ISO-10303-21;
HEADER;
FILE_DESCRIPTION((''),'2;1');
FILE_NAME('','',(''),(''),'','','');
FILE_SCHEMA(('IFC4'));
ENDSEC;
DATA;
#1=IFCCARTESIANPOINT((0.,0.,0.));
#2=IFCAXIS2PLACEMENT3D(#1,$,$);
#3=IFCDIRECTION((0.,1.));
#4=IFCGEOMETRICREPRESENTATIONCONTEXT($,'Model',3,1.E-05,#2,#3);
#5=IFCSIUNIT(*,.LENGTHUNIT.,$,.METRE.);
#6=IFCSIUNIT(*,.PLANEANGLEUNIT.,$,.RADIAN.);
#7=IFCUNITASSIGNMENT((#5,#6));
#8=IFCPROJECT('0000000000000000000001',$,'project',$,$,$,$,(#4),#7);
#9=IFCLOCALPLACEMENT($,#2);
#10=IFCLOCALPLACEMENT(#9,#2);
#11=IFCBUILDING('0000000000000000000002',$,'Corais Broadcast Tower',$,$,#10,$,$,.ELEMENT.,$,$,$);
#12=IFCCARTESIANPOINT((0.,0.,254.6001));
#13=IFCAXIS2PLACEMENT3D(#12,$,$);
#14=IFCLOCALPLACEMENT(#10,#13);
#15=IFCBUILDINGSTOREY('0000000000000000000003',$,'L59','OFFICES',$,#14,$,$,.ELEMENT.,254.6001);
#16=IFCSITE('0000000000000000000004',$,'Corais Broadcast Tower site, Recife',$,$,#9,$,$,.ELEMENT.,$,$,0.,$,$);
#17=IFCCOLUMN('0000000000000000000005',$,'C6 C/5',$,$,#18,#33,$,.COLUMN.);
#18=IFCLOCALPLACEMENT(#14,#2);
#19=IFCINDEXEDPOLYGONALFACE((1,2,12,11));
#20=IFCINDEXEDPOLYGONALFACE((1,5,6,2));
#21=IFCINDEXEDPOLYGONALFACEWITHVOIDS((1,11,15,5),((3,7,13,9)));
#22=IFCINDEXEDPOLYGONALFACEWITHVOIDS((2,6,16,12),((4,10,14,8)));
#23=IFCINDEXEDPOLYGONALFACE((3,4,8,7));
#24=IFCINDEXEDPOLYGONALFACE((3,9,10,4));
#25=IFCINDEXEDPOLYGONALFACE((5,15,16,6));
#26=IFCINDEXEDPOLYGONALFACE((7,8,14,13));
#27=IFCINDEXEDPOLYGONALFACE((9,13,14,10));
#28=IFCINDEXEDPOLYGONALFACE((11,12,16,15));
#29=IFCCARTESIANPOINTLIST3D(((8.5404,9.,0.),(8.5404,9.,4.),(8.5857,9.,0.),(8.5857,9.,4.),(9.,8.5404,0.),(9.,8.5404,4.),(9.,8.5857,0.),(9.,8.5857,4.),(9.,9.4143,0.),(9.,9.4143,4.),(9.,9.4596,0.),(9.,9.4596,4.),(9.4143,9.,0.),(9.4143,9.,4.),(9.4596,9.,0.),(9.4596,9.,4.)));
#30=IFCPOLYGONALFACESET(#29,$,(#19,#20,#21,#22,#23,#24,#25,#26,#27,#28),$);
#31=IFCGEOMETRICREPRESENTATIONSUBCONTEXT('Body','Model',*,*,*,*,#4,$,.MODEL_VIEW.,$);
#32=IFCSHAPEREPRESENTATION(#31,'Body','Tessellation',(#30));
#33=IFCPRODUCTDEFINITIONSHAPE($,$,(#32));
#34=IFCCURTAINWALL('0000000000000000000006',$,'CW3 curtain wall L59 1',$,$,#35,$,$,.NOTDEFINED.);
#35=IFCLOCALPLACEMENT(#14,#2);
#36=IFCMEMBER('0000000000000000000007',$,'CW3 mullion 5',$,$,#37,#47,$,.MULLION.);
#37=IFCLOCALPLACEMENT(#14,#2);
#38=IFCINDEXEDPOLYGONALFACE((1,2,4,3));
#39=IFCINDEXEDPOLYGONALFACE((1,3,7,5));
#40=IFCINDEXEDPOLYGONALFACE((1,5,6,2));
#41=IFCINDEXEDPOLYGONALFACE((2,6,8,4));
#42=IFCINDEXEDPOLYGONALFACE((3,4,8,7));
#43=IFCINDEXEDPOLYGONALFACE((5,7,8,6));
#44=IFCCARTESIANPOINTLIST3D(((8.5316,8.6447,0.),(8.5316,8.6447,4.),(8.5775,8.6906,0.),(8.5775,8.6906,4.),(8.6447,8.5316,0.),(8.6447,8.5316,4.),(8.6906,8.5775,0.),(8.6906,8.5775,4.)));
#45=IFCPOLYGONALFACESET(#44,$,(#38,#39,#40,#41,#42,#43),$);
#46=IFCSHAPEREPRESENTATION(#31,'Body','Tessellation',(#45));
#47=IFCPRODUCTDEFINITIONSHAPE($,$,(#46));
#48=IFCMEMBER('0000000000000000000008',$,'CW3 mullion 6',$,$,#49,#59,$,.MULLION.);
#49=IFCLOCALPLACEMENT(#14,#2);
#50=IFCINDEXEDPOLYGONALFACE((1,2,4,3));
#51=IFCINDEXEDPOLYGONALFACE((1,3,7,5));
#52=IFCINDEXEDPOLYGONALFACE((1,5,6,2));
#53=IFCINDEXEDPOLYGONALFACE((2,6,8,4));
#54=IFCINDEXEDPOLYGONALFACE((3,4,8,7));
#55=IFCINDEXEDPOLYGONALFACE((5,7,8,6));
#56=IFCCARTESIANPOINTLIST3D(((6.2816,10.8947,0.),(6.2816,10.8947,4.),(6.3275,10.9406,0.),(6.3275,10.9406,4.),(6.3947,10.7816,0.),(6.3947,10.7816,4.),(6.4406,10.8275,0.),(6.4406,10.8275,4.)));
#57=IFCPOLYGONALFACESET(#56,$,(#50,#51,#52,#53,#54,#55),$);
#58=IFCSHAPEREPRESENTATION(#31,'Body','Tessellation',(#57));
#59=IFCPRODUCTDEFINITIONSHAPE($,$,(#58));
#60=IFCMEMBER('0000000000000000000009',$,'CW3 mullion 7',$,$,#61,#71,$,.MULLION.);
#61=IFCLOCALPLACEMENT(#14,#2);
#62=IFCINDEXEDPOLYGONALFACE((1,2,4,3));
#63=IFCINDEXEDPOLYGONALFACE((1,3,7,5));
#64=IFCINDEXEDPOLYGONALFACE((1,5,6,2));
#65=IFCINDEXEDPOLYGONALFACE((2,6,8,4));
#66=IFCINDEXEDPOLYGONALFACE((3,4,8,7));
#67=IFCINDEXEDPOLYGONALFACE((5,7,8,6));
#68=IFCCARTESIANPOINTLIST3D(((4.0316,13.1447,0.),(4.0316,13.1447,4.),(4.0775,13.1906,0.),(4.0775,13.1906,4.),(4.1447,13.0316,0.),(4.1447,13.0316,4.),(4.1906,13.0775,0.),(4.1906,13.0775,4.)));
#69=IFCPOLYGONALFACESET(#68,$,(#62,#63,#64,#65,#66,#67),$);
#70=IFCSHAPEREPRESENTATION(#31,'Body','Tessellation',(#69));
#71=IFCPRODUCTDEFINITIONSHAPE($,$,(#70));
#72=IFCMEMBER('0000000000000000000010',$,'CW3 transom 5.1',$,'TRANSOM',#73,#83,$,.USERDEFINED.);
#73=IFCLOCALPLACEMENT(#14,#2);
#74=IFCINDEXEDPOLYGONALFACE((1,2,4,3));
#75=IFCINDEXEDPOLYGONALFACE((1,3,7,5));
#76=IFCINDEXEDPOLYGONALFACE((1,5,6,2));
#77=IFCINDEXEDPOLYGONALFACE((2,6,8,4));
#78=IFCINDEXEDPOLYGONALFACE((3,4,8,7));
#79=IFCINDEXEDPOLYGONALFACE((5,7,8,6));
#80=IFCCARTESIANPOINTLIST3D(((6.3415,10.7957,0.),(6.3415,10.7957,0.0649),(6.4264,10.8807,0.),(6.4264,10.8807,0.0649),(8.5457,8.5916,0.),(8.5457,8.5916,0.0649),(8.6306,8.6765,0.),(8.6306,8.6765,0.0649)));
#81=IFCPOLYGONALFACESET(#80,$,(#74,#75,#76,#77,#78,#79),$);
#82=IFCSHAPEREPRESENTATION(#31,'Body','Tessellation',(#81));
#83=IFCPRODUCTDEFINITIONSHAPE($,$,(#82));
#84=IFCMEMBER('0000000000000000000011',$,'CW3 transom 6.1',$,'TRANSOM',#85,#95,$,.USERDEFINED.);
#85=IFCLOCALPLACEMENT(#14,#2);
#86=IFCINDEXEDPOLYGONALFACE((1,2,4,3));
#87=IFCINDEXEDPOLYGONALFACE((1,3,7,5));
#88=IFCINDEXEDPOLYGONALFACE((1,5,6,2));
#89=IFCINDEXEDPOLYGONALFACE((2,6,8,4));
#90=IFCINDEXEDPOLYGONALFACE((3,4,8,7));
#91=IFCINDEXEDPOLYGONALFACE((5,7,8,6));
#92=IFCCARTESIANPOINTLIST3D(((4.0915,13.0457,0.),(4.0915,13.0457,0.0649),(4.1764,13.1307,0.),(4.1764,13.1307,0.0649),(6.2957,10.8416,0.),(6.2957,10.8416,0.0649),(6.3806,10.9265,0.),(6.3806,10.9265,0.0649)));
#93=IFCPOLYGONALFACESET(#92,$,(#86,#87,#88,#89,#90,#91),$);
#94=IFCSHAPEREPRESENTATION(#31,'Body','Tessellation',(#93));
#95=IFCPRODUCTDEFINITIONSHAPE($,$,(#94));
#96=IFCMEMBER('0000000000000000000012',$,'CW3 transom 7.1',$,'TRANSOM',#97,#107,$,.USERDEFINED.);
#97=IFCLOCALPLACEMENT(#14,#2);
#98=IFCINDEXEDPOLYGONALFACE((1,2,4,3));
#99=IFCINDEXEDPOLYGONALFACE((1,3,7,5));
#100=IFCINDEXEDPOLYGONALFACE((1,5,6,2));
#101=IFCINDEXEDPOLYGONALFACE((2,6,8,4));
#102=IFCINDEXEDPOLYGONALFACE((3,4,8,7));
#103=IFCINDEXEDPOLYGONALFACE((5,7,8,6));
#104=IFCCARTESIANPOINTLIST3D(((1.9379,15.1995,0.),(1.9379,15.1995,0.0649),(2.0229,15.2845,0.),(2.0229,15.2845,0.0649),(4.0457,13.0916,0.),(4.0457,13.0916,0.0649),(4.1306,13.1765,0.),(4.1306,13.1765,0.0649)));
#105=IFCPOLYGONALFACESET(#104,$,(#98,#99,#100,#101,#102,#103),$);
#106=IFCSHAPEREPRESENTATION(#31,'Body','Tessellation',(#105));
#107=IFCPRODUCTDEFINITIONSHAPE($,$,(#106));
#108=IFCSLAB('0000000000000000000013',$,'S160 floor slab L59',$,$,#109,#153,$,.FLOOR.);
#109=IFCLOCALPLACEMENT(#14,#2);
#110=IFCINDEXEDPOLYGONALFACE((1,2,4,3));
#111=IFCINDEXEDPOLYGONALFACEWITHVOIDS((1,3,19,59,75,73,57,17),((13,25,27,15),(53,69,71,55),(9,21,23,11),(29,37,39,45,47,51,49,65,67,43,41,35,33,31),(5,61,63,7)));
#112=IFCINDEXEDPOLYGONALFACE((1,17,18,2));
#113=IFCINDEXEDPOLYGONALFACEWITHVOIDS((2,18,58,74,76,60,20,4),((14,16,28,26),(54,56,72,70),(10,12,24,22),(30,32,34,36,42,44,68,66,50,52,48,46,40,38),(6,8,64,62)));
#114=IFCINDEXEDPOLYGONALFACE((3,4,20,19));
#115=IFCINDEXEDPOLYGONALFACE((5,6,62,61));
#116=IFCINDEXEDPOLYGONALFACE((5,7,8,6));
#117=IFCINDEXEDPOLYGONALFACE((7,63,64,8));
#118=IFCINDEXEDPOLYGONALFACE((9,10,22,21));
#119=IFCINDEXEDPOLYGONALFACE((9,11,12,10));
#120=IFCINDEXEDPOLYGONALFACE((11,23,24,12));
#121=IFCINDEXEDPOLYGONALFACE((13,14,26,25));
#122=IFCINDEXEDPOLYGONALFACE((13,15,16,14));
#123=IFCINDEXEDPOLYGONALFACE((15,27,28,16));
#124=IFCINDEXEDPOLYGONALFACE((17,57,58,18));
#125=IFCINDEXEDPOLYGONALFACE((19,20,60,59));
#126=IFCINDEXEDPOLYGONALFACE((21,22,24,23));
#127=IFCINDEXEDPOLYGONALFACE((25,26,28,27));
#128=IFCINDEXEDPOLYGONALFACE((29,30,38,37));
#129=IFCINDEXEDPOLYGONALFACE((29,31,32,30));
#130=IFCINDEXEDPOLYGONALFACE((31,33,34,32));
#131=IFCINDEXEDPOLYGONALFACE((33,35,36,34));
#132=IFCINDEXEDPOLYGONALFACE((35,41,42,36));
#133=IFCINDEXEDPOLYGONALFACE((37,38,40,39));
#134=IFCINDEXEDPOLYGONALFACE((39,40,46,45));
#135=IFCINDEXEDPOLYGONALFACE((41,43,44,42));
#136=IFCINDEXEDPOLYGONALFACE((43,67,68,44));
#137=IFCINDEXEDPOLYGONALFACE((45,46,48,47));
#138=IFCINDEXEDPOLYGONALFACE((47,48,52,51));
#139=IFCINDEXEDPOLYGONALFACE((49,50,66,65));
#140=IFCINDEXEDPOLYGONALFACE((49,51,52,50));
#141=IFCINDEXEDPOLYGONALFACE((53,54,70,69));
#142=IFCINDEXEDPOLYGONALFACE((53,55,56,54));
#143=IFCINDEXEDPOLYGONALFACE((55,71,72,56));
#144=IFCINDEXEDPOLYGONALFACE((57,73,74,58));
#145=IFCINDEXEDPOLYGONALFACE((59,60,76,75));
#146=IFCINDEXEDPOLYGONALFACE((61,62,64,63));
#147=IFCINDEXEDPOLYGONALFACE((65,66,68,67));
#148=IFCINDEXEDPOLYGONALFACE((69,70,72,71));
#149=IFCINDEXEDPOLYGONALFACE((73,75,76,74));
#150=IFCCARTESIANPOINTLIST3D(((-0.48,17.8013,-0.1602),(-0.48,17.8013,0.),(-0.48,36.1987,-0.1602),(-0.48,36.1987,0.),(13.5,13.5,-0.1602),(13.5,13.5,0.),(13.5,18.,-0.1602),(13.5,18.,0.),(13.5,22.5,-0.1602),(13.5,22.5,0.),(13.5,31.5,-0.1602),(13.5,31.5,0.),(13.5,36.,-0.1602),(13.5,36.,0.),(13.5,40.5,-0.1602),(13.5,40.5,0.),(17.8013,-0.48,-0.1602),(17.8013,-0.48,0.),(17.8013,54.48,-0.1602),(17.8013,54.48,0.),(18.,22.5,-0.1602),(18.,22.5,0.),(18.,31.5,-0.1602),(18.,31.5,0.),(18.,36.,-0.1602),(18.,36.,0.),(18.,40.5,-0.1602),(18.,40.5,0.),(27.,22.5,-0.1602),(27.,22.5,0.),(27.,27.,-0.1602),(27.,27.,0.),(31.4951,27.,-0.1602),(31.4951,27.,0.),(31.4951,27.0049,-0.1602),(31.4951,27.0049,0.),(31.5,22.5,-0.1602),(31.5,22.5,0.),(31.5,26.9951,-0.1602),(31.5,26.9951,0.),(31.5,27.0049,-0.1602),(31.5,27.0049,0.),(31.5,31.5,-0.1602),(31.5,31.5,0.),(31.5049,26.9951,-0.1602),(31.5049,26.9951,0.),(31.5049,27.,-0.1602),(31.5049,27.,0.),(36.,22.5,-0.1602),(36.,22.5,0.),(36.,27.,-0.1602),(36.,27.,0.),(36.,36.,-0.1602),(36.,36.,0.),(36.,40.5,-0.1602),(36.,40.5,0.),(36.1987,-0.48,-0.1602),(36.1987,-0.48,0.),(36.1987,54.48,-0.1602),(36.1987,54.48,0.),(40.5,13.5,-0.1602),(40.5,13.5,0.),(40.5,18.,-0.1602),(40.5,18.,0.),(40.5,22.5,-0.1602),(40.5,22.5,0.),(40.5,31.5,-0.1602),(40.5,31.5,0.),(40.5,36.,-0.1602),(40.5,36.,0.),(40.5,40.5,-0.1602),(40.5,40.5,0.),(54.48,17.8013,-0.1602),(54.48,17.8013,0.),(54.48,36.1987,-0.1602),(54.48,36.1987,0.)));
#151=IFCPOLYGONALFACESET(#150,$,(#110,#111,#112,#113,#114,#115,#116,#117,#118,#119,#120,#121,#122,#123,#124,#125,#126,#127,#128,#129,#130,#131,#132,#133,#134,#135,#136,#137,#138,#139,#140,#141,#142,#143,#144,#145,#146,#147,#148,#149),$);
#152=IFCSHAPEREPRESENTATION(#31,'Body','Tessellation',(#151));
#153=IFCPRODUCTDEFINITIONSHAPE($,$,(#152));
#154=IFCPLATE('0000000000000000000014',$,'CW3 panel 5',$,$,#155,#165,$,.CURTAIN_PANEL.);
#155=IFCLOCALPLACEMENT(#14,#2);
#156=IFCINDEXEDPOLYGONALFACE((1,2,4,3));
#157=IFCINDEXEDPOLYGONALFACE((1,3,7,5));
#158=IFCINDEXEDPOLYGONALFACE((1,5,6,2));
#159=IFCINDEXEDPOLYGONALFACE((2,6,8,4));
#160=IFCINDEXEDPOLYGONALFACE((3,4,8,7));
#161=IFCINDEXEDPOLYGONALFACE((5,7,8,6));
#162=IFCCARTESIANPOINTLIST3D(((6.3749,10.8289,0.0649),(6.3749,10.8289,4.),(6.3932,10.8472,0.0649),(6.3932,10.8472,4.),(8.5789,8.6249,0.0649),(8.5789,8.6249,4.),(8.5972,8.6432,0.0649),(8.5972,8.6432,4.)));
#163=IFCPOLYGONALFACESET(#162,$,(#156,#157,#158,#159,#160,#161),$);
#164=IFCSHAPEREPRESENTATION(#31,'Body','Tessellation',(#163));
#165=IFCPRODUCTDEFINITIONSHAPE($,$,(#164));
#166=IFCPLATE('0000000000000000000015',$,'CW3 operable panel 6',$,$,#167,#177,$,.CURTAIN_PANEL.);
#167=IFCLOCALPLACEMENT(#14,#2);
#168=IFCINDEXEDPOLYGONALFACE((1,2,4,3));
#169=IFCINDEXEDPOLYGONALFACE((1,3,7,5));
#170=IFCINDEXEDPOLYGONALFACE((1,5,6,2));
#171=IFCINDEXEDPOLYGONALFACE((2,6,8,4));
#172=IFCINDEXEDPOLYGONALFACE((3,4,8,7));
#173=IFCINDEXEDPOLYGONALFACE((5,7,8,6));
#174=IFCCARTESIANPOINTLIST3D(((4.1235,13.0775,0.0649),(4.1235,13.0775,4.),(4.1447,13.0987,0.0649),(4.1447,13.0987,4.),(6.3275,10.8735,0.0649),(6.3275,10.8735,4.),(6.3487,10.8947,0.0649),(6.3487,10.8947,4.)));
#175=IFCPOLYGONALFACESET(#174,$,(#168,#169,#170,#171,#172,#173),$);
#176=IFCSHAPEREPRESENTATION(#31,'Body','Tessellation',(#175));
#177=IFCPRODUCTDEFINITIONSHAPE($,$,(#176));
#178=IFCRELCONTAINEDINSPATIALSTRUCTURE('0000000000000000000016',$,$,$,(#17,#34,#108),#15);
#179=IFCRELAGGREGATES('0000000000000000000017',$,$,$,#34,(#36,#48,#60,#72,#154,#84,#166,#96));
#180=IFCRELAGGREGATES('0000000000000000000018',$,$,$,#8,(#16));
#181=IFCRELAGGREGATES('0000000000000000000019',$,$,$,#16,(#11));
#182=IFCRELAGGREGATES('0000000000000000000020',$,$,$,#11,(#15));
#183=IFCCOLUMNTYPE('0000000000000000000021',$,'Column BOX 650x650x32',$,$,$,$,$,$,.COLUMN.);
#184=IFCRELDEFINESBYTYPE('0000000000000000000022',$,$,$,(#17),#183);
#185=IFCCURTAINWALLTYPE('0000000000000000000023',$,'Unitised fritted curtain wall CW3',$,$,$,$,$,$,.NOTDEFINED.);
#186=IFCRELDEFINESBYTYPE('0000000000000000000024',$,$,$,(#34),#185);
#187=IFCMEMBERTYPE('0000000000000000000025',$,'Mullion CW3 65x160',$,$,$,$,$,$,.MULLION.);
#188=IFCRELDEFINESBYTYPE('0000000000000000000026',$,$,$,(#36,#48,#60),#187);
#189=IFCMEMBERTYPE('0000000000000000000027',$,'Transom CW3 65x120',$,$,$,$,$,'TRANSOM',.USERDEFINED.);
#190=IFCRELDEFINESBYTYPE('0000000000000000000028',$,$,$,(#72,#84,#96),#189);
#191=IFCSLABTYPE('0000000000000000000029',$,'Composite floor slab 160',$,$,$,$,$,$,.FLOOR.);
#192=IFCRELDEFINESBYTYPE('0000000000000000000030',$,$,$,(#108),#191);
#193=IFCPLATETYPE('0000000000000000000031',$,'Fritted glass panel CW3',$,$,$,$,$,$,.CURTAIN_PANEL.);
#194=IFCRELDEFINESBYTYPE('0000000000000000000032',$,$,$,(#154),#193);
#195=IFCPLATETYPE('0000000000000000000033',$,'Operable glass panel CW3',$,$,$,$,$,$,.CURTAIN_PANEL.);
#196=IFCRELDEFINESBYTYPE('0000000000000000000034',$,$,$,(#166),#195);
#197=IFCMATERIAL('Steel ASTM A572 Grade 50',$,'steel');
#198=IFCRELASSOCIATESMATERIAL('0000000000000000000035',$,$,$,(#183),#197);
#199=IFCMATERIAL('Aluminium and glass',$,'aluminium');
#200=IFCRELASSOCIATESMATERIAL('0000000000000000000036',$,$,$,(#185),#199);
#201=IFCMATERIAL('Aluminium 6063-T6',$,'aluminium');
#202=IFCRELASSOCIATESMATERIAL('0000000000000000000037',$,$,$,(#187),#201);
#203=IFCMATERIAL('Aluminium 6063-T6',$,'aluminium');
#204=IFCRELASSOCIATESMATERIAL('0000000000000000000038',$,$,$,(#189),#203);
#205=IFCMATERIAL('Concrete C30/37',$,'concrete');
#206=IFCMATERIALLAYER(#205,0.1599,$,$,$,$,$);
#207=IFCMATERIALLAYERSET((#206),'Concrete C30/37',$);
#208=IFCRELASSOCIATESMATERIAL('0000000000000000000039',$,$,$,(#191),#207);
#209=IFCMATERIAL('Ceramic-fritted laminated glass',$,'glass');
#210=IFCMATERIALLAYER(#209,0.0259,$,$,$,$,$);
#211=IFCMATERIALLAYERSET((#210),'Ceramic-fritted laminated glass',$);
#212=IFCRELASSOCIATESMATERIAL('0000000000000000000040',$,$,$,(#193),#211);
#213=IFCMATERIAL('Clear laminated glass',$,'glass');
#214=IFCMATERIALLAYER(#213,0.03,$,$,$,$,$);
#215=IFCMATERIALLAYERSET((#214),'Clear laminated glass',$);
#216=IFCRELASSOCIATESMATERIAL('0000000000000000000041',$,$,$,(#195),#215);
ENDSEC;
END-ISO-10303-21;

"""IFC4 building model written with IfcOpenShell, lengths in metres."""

from ifc_helpers import new_model, si_unit, direction, frame, origin, origin_2d, place, context, subcontext, project, spatial, polyline, rectangle, hollow_rectangle, outline, extrude, material, layer, layer_set, material_profile, profile_set, type_object, element, aggregate, save


model = new_model("IFC4")

# Units and contexts
model_context = context("Model", 3, precision=1e-05, world=origin(), true_north=direction((0.0, 1.0)))
body_context = subcontext(model_context, "Body", "Model", "MODEL_VIEW")
ifc_project = project(units=[si_unit("LENGTHUNIT", "METRE"), si_unit("PLANEANGLEUNIT", "RADIAN")], contexts=[model_context])

# Site, building, storey
site_placement = place(None, origin())
site = spatial("IfcSite", under=ifc_project, at=site_placement, Name="Corais Broadcast Tower site, Recife", CompositionType="ELEMENT", RefElevation=0.0)
building_placement = place(site_placement, origin())
building = spatial("IfcBuilding", under=site, at=building_placement, Name="Corais Broadcast Tower", CompositionType="ELEMENT")
storey_placement = place(building_placement, frame((0.0, 0.0, 254.6001)))
storey = spatial("IfcBuildingStorey", under=building, at=storey_placement, Name="L59", Description="OFFICES", CompositionType="ELEMENT", Elevation=254.6001)

# Column
ifc_material_1 = material(Name="Steel ASTM A572 Grade 50", Category="steel")
ifc_material_profile_1 = material_profile(ifc_material_1, hollow_rectangle(XDim=0.6499, YDim=0.6499, WallThickness=0.032, at=origin_2d()), Name="BOX 650x650x32")
ifc_profile_set_1 = profile_set([ifc_material_profile_1], Name="Steel ASTM A572 Grade 50")
column_type = type_object("IfcColumnType", Name="Column BOX 650x650x32", PredefinedType="COLUMN", material=ifc_profile_set_1)
column_placement = place(storey_placement, frame((9.0, 9.0, 0.0), z_axis=(0.0, 0.0, 1.0), x_axis=(0.707107, 0.707107, 0.0)))
element("IfcColumn", 1, at=column_placement, inside=storey, type_object=column_type, Name="C6 C/5", PredefinedType="COLUMN", context=body_context, shape_type="SweptSolid", body=[
    extrude(hollow_rectangle(XDim=0.6499, YDim=0.6499, WallThickness=0.032, at=origin_2d()), origin(), (0.0, 0.0, 1.0), 4.0),
])

# Curtain wall, members
ifc_material_2 = material(Name="Aluminium and glass", Category="aluminium")
curtain_wall_type = type_object("IfcCurtainWallType", Name="Unitised fritted curtain wall CW3", PredefinedType="NOTDEFINED", material=ifc_material_2)
curtain_wall_placement = place(storey_placement, origin())
curtain_wall = element("IfcCurtainWall", 2, at=curtain_wall_placement, inside=storey, type_object=curtain_wall_type, Name="CW3 curtain wall L59 1", PredefinedType="NOTDEFINED")
ifc_material_3 = material(Name="Aluminium 6063-T6", Category="aluminium")
ifc_material_profile_2 = material_profile(ifc_material_3, rectangle(XDim=0.0649, YDim=0.1599, at=origin_2d()), Name="Mullion CW3 65x160")
ifc_profile_set_2 = profile_set([ifc_material_profile_2], Name="Aluminium 6063-T6")
member_type_1 = type_object("IfcMemberType", Name="Mullion CW3 65x160", PredefinedType="MULLION", material=ifc_profile_set_2)
member_1_placement = place(storey_placement, frame((8.6111, 8.6111, 0.0), z_axis=(0.0, 0.0, 1.0), x_axis=(-0.707107, -0.707107, 0.0)))
member_1 = element("IfcMember", 3, at=member_1_placement, type_object=member_type_1, Name="CW3 mullion 5", PredefinedType="MULLION", context=body_context, shape_type="SweptSolid", body=[
    extrude(rectangle(XDim=0.0649, YDim=0.1599, at=origin_2d()), origin(), (0.0, 0.0, 1.0), 4.0),
])
member_2_placement = place(storey_placement, frame((6.3611, 10.8611, 0.0), z_axis=(0.0, 0.0, 1.0), x_axis=(-0.707107, -0.707107, 0.0)))
member_2 = element("IfcMember", 4, at=member_2_placement, type_object=member_type_1, Name="CW3 mullion 6", PredefinedType="MULLION", context=body_context, shape_type="SweptSolid", body=[
    extrude(rectangle(XDim=0.0649, YDim=0.1599, at=origin_2d()), origin(), (0.0, 0.0, 1.0), 4.0),
])
member_3_placement = place(storey_placement, frame((4.1111, 13.1111, 0.0), z_axis=(0.0, 0.0, 1.0), x_axis=(-0.707107, -0.707107, 0.0)))
member_3 = element("IfcMember", 5, at=member_3_placement, type_object=member_type_1, Name="CW3 mullion 7", PredefinedType="MULLION", context=body_context, shape_type="SweptSolid", body=[
    extrude(rectangle(XDim=0.0649, YDim=0.1599, at=origin_2d()), origin(), (0.0, 0.0, 1.0), 4.0),
])
ifc_material_4 = material(Name="Aluminium 6063-T6", Category="aluminium")
ifc_material_profile_3 = material_profile(ifc_material_4, rectangle(XDim=0.1201, YDim=0.0649, at=origin_2d()), Name="Transom CW3 65x120")
ifc_profile_set_3 = profile_set([ifc_material_profile_3], Name="Aluminium 6063-T6")
member_type_2 = type_object("IfcMemberType", Name="Transom CW3 65x120", ElementType="TRANSOM", PredefinedType="USERDEFINED", material=ifc_profile_set_3)
member_4_placement = place(storey_placement, frame((8.5881, 8.634, 0.0325), z_axis=(-0.707107, 0.707107, 0.0), x_axis=(-0.707107, -0.707107, 0.0)))
member_4 = element("IfcMember", 6, at=member_4_placement, type_object=member_type_2, Name="CW3 transom 5.1", ObjectType="TRANSOM", PredefinedType="USERDEFINED", context=body_context, shape_type="SweptSolid", body=[
    extrude(rectangle(XDim=0.1201, YDim=0.0649, at=origin_2d()), origin(), (0.0, 0.0, 1.0), 3.1172),
])
member_5_placement = place(storey_placement, frame((6.3381, 10.884, 0.0325), z_axis=(-0.707107, 0.707107, 0.0), x_axis=(-0.707107, -0.707107, 0.0)))
member_5 = element("IfcMember", 7, at=member_5_placement, type_object=member_type_2, Name="CW3 transom 6.1", ObjectType="TRANSOM", PredefinedType="USERDEFINED", context=body_context, shape_type="SweptSolid", body=[
    extrude(rectangle(XDim=0.1201, YDim=0.0649, at=origin_2d()), origin(), (0.0, 0.0, 1.0), 3.1172),
])
member_6_placement = place(storey_placement, frame((4.0881, 13.134, 0.0325), z_axis=(-0.707066, 0.707148, 0.0), x_axis=(-0.707148, -0.707066, 0.0)))
member_6 = element("IfcMember", 8, at=member_6_placement, type_object=member_type_2, Name="CW3 transom 7.1", ObjectType="TRANSOM", PredefinedType="USERDEFINED", context=body_context, shape_type="SweptSolid", body=[
    extrude(rectangle(XDim=0.1201, YDim=0.0649, at=origin_2d()), origin(), (0.0, 0.0, 1.0), 2.981),
])

# Slab
ifc_material_5 = material(Name="Concrete C30/37", Category="concrete")
ifc_layer_1 = layer(ifc_material_5, 0.1599)
ifc_layer_set_1 = layer_set([ifc_layer_1], Name="Concrete C30/37")
slab_type_1 = type_object("IfcSlabType", Name="Composite floor slab 160", PredefinedType="FLOOR", material=ifc_layer_set_1)
slab_1_placement = place(storey_placement, frame((0.0, 0.0, -0.1602)))
element("IfcSlab", 9, at=slab_1_placement, inside=storey, type_object=slab_type_1, Name="S160 floor slab L59", PredefinedType="FLOOR", context=body_context, shape_type="SweptSolid", body=[
    extrude(outline(polyline([(17.8013, -0.48), (-0.48, 17.8013), (-0.48, 36.1987), (17.8013, 54.48), (36.1987, 54.48), (54.48, 36.1987), (54.48, 17.8013), (36.1987, -0.48), (17.8013, -0.48)]), holes=[polyline([(13.5, 18.0), (40.5, 18.0), (40.5, 13.5), (13.5, 13.5), (13.5, 18.0)]), polyline([(18.0, 22.5), (13.5, 22.5), (13.5, 31.5), (18.0, 31.5), (18.0, 22.5)]), polyline([(18.0, 36.0), (13.5, 36.0), (13.5, 40.5), (18.0, 40.5), (18.0, 36.0)]), polyline([(31.5, 22.5), (27.0, 22.5), (27.0, 27.0), (31.4951, 27.0), (31.4951, 27.0049), (31.5, 27.0049), (31.5, 31.5), (40.5, 31.5), (40.5, 22.5), (36.0, 22.5), (36.0, 27.0), (31.5049, 27.0), (31.5049, 26.9951), (31.5, 26.9951), (31.5, 22.5)]), polyline([(40.5, 36.0), (36.0, 36.0), (36.0, 40.5), (40.5, 40.5), (40.5, 36.0)])]), origin(), (0.0, 0.0, 1.0), 0.1602),
])

# Plates
ifc_material_6 = material(Name="Ceramic-fritted laminated glass", Category="glass")
ifc_layer_2 = layer(ifc_material_6, 0.0259)
ifc_layer_set_2 = layer_set([ifc_layer_2], Name="Ceramic-fritted laminated glass")
plate_type_1 = type_object("IfcPlateType", Name="Fritted glass panel CW3", PredefinedType="CURTAIN_PANEL", material=ifc_layer_set_2)
plate_1_placement = place(storey_placement, frame((7.4861, 9.7361, 0.0649), z_axis=(0.0, 0.0, 1.0), x_axis=(-0.707107, 0.707107, 0.0)))
plate_1 = element("IfcPlate", 10, at=plate_1_placement, type_object=plate_type_1, Name="CW3 panel 5", PredefinedType="CURTAIN_PANEL", context=body_context, shape_type="SweptSolid", body=[
    extrude(rectangle(XDim=3.1169, YDim=0.0259, at=origin_2d()), origin(), (0.0, 0.0, 1.0), 3.9351),
])
ifc_material_7 = material(Name="Clear laminated glass", Category="glass")
ifc_layer_3 = layer(ifc_material_7, 0.03)
ifc_layer_set_3 = layer_set([ifc_layer_3], Name="Clear laminated glass")
plate_type_2 = type_object("IfcPlateType", Name="Operable glass panel CW3", PredefinedType="CURTAIN_PANEL", material=ifc_layer_set_3)
plate_2_placement = place(storey_placement, frame((5.2361, 11.9861, 0.0649), z_axis=(0.0, 0.0, 1.0), x_axis=(-0.707107, 0.707107, 0.0)))
plate_2 = element("IfcPlate", 11, at=plate_2_placement, type_object=plate_type_2, Name="CW3 operable panel 6", PredefinedType="CURTAIN_PANEL", context=body_context, shape_type="SweptSolid", body=[
    extrude(rectangle(XDim=3.1169, YDim=0.03, at=origin_2d()), origin(), (0.0, 0.0, 1.0), 3.9351),
])
aggregate(curtain_wall, [member_1, member_2, member_3, member_4, plate_1, member_5, plate_2, member_6])

save(model, "model.ifc")
